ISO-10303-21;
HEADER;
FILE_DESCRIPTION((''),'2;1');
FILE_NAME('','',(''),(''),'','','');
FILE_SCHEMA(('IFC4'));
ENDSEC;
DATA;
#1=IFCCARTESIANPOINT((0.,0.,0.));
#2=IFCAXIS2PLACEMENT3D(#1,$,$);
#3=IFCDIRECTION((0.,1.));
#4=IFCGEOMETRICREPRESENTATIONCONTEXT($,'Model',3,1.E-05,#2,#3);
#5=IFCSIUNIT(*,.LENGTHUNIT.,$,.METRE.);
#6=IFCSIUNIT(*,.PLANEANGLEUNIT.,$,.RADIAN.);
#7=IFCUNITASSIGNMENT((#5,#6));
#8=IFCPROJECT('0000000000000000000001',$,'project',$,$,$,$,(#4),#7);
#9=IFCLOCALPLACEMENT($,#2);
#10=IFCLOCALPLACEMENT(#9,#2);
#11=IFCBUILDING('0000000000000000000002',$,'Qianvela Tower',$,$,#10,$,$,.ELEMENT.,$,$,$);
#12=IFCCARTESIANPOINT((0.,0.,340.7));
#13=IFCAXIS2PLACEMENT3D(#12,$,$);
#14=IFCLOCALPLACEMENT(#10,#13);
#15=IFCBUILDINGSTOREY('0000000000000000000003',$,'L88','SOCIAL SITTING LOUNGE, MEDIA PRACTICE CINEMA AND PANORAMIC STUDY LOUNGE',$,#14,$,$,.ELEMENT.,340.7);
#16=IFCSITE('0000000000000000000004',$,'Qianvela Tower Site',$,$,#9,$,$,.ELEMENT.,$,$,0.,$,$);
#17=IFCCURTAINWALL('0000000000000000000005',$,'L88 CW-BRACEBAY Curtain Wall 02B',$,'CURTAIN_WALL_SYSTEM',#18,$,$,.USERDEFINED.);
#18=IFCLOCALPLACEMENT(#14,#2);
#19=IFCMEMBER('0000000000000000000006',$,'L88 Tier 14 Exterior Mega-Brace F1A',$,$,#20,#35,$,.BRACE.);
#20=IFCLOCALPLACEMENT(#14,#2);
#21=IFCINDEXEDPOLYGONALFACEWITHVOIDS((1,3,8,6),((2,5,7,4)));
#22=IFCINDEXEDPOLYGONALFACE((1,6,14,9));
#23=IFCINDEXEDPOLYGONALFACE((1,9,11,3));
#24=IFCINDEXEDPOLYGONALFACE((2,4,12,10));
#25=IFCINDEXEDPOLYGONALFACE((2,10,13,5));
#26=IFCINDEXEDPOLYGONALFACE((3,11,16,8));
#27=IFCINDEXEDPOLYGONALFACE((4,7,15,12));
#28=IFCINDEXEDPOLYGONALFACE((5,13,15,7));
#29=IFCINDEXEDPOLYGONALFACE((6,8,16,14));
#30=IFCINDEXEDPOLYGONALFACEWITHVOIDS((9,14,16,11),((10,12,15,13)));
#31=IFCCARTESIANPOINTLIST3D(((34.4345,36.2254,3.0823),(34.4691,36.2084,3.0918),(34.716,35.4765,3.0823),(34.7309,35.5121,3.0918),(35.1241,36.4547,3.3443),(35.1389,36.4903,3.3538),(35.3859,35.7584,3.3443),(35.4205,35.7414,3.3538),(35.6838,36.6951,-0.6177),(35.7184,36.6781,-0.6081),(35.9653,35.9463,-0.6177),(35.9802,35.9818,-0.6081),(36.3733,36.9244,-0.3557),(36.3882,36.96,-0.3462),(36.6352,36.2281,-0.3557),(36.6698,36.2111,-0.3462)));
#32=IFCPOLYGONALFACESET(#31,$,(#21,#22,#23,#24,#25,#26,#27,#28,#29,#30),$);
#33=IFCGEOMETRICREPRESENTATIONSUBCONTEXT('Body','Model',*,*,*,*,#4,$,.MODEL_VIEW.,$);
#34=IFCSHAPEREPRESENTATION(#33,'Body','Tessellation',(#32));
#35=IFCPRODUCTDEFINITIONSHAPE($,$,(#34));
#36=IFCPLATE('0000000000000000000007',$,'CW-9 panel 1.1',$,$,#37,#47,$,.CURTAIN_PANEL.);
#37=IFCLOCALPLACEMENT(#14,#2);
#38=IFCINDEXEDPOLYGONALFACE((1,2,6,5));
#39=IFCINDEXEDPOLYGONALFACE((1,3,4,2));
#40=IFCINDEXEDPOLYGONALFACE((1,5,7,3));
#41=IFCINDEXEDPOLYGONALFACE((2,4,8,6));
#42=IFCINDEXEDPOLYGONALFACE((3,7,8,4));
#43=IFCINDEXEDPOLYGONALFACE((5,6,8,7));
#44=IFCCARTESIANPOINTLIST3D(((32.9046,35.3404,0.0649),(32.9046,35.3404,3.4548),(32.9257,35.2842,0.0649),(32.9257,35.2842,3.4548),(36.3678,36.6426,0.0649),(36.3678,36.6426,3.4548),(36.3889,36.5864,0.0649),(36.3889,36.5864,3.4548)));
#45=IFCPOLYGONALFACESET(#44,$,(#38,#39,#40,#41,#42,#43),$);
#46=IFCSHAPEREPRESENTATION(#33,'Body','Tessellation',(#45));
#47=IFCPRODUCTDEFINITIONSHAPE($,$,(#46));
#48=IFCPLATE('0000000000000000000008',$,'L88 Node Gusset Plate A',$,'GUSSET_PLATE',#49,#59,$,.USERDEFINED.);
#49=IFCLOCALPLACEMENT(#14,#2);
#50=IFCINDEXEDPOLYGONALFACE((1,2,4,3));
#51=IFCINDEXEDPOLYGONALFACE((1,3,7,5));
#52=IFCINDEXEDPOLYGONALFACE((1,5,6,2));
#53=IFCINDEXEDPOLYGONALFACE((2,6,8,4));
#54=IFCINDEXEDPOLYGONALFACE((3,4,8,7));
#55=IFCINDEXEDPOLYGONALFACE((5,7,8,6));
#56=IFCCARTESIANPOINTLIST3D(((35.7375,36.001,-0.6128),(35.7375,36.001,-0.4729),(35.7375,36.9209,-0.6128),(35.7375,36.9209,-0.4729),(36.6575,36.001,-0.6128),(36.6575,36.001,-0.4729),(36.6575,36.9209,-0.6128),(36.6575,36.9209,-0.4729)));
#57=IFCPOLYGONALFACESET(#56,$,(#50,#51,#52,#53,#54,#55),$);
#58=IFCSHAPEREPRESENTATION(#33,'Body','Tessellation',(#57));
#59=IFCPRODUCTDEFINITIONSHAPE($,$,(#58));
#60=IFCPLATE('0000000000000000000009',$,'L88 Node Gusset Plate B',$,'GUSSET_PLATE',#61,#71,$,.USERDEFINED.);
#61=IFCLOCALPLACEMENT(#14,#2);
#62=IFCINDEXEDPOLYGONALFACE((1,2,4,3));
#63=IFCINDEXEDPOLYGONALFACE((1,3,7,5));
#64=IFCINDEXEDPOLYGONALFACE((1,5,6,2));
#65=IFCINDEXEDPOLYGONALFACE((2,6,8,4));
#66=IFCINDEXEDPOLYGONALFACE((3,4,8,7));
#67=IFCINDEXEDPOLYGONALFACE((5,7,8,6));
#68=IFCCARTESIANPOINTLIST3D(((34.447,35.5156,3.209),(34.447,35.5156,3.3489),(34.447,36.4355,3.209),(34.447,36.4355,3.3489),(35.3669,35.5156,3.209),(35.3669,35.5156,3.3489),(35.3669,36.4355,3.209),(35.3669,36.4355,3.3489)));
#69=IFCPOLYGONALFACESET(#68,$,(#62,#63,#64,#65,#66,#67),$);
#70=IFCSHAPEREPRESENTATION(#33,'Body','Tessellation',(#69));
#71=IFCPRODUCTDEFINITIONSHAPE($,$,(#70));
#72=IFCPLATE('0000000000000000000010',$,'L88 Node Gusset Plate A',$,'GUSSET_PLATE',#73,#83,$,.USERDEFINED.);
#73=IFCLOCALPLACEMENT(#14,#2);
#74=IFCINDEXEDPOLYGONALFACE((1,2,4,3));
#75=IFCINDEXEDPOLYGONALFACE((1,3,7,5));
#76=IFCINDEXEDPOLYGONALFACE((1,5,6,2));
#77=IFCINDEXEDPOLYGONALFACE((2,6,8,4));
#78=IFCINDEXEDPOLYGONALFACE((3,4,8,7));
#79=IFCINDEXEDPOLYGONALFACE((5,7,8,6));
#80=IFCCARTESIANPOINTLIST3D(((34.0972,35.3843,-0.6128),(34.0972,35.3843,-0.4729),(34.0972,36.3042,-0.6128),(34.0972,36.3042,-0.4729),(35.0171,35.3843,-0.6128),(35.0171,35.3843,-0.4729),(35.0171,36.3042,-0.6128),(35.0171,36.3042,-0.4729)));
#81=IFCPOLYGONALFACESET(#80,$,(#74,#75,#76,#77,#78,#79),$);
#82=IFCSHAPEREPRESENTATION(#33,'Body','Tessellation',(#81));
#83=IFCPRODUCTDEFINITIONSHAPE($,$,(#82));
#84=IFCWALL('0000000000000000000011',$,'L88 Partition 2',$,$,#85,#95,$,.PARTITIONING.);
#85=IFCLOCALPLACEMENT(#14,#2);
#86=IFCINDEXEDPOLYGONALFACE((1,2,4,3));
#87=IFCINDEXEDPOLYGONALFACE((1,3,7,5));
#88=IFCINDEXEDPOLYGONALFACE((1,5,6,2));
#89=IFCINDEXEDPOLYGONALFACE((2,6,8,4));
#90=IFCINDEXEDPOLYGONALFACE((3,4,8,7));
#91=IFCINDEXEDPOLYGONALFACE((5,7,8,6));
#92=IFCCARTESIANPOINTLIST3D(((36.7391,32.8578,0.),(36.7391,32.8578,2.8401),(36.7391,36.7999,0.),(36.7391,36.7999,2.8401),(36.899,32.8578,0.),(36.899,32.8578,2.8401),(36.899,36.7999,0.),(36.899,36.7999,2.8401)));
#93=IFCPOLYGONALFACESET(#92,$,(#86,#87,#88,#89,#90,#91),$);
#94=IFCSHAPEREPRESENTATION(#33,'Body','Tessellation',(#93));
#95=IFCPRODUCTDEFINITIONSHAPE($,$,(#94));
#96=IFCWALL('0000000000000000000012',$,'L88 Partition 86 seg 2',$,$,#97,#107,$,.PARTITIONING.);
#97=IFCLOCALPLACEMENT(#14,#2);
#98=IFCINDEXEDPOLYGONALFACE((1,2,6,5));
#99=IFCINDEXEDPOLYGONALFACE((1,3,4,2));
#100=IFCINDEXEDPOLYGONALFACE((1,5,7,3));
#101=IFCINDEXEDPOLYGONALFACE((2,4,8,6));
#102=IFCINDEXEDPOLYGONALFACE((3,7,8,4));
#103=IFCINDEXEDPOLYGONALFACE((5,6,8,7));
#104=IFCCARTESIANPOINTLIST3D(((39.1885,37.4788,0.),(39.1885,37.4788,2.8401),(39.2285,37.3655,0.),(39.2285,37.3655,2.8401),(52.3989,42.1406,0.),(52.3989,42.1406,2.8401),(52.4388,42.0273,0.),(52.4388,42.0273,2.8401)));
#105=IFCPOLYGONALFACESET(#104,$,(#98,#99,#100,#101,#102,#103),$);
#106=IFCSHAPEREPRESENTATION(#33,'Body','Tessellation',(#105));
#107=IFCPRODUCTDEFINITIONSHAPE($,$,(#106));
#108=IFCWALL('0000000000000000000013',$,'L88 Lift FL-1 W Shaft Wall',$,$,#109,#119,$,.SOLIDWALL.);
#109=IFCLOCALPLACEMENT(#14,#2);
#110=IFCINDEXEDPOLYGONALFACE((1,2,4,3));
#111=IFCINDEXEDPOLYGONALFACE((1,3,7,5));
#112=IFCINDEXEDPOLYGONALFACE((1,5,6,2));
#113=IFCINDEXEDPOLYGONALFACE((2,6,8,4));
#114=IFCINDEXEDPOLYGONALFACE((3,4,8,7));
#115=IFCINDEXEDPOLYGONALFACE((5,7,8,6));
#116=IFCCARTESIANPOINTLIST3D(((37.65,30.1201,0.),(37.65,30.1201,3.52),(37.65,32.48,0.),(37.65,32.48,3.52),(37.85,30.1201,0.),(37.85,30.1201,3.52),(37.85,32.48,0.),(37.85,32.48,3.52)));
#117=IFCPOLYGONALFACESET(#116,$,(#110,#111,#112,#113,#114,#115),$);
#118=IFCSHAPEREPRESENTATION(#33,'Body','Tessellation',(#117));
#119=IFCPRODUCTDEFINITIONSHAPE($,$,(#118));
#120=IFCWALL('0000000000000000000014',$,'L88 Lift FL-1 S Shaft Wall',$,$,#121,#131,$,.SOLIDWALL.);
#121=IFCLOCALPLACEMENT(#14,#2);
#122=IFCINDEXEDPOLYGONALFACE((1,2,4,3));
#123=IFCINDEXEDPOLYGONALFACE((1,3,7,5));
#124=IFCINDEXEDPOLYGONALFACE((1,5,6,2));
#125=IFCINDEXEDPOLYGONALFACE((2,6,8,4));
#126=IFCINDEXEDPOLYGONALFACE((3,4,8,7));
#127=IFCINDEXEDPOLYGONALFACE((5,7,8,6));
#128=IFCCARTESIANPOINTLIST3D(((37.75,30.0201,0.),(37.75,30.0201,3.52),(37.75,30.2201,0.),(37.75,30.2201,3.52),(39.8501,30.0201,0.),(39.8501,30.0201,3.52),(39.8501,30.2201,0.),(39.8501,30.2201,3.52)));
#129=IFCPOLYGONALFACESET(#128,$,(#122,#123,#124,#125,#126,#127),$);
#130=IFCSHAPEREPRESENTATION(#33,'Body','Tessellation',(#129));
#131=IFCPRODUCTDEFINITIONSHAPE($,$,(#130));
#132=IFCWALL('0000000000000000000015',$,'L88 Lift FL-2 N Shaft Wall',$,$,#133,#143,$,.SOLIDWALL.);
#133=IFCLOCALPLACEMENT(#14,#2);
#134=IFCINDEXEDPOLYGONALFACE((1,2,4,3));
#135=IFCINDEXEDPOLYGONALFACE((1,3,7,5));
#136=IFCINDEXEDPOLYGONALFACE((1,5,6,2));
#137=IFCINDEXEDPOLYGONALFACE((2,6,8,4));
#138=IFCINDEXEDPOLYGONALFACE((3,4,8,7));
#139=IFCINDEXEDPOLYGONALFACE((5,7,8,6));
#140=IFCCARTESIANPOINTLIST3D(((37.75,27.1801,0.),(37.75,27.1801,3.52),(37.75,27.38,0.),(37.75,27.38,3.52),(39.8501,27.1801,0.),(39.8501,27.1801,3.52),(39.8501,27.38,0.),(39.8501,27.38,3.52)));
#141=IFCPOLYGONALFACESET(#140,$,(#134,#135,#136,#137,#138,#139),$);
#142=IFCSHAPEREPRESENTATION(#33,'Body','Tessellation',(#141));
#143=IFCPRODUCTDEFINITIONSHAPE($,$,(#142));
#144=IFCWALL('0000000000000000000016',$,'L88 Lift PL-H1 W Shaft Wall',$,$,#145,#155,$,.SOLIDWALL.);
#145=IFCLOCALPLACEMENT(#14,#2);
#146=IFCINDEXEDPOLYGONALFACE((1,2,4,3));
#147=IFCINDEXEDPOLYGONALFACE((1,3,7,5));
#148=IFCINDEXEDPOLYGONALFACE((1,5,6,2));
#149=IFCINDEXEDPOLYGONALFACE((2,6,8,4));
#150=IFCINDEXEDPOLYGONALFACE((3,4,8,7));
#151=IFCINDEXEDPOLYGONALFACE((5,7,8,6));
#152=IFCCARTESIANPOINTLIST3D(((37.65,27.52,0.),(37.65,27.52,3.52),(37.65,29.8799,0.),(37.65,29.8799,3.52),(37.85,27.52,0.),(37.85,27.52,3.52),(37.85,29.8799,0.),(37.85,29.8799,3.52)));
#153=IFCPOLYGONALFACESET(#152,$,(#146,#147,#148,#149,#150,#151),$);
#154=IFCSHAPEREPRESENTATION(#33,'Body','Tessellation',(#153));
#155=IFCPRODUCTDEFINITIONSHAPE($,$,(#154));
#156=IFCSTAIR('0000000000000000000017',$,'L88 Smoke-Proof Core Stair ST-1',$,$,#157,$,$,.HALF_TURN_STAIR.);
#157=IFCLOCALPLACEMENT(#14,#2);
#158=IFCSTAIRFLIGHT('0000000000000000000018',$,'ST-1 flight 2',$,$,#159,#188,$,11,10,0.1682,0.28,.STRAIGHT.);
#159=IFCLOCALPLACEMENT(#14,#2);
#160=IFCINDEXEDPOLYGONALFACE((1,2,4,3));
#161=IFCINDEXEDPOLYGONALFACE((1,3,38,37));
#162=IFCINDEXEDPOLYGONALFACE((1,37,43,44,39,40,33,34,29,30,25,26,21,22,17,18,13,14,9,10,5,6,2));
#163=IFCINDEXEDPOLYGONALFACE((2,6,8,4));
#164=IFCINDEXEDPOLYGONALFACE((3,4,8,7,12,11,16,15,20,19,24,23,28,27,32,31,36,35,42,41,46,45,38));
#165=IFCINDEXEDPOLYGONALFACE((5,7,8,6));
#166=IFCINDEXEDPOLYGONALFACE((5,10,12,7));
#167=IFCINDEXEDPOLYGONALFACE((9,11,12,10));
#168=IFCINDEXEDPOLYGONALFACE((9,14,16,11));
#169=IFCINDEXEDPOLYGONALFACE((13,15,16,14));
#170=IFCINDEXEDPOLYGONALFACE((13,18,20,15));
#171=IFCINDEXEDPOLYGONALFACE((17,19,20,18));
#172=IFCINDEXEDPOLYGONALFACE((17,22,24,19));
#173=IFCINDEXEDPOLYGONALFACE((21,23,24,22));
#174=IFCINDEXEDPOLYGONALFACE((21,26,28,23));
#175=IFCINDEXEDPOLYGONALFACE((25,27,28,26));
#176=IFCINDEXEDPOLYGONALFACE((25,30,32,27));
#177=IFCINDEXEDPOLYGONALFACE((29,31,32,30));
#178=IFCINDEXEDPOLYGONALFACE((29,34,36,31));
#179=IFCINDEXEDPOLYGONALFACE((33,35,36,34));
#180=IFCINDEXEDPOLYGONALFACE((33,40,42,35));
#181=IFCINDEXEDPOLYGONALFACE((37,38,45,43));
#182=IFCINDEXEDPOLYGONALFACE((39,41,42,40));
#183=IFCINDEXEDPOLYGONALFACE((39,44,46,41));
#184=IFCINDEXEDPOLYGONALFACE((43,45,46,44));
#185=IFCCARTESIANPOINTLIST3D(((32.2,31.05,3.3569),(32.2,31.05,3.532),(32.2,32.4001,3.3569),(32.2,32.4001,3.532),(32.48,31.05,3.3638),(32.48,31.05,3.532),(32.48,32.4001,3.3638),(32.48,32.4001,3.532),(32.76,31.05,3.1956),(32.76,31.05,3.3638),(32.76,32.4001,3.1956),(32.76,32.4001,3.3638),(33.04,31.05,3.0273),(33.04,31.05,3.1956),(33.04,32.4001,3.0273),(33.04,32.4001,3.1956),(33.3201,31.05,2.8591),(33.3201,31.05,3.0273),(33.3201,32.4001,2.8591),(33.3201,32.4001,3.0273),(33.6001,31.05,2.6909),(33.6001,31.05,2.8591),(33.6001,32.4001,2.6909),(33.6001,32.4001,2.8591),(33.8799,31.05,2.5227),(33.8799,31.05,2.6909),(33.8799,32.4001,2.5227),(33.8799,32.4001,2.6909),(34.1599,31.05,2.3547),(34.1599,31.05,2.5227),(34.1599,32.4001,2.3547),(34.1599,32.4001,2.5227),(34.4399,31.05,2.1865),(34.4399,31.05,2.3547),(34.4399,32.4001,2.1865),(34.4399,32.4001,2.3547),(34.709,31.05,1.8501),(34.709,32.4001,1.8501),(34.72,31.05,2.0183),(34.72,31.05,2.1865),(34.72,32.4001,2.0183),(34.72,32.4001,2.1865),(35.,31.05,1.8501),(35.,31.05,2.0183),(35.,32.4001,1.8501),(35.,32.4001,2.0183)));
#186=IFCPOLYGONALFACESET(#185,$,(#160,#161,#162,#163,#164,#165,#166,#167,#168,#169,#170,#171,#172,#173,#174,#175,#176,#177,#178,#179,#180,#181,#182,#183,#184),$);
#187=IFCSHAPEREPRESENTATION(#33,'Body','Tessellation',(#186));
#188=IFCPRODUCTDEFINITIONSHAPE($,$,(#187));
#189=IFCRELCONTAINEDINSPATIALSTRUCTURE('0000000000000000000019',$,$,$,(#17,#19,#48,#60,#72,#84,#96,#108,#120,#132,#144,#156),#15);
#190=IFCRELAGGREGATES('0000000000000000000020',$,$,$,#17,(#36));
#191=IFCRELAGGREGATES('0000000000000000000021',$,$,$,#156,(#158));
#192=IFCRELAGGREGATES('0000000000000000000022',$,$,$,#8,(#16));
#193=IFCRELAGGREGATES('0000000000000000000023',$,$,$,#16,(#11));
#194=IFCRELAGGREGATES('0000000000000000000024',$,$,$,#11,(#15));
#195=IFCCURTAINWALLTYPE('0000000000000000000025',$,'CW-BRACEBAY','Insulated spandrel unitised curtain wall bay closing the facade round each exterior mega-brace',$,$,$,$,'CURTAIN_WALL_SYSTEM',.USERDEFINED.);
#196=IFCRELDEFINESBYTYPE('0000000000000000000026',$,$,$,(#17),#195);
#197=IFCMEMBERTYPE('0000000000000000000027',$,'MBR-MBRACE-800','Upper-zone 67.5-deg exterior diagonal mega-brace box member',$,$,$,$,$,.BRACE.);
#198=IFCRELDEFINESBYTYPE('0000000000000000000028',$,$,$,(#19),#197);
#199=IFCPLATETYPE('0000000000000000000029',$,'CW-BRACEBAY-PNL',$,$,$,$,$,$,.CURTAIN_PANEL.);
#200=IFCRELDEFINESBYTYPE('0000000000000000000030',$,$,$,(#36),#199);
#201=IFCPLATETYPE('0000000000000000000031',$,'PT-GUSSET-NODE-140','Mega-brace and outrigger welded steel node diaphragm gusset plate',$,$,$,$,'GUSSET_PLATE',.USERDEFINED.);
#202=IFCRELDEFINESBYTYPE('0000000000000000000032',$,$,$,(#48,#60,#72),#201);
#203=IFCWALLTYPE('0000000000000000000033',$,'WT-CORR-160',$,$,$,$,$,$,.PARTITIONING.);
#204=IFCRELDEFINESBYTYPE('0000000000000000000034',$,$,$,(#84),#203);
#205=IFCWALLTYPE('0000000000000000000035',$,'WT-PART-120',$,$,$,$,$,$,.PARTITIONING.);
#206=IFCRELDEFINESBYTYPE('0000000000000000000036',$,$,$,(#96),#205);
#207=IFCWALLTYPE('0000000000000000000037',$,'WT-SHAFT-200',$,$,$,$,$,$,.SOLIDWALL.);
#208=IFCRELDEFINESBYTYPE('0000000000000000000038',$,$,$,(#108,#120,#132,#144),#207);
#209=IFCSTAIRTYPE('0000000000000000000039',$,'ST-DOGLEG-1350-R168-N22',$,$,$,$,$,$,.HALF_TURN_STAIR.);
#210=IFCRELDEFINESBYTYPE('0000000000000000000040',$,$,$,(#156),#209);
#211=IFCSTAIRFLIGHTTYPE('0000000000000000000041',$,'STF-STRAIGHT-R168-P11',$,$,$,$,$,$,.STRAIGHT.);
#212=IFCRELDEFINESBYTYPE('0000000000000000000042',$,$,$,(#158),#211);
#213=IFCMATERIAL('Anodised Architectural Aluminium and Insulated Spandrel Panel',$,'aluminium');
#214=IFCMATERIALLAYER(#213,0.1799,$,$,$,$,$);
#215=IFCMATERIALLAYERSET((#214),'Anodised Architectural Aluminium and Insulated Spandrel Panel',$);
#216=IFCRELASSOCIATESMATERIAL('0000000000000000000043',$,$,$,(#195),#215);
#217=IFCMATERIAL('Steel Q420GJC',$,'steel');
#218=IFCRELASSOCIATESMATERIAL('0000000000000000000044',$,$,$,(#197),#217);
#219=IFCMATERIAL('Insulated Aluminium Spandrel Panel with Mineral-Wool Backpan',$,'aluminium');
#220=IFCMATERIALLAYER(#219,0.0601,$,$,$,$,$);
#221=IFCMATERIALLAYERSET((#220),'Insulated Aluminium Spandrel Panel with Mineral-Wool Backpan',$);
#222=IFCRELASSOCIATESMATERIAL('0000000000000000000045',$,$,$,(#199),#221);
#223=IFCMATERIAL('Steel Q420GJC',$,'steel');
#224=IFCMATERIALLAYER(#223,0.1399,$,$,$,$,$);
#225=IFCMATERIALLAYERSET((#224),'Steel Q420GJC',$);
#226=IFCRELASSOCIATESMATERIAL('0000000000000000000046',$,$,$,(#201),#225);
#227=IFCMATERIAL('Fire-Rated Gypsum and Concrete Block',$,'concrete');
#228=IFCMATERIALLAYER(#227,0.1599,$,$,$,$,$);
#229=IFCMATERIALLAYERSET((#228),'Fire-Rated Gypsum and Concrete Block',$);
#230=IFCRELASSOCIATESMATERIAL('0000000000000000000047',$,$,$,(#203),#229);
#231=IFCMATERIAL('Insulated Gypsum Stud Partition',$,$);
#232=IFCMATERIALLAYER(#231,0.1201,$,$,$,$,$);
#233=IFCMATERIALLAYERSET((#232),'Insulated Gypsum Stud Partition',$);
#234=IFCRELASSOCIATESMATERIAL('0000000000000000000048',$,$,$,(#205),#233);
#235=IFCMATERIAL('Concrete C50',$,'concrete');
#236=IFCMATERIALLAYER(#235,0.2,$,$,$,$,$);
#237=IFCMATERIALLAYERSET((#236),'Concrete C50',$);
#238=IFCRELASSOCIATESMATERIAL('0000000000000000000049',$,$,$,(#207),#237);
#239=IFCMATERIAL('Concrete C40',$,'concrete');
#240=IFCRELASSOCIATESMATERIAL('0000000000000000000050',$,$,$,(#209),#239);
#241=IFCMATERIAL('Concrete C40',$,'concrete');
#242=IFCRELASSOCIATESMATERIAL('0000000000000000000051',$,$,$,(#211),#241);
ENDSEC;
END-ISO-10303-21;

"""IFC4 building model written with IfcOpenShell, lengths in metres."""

from ifc_helpers import new_model, si_unit, direction, frame, frame_2d, origin, origin_2d, place, context, subcontext, project, spatial, polyline, rectangle, hollow_rectangle, outline, extrude, material, layer, layer_set, material_profile, profile_set, type_object, element, aggregate, save


model = new_model("IFC4")

# Units and contexts
model_context = context("Model", 3, precision=1e-05, world=origin(), true_north=direction((0.0, 1.0)))
body_context = subcontext(model_context, "Body", "Model", "MODEL_VIEW")
ifc_project = project(units=[si_unit("LENGTHUNIT", "METRE"), si_unit("PLANEANGLEUNIT", "RADIAN")], contexts=[model_context])

# Site, building, storey
site_placement = place(None, origin())
site = spatial("IfcSite", under=ifc_project, at=site_placement, Name="Qianvela Tower Site", CompositionType="ELEMENT", RefElevation=0.0)
building_placement = place(site_placement, origin())
building = spatial("IfcBuilding", under=site, at=building_placement, Name="Qianvela Tower", CompositionType="ELEMENT")
storey_placement = place(building_placement, frame((0.0, 0.0, 340.7)))
storey = spatial("IfcBuildingStorey", under=building, at=storey_placement, Name="L88", Description="SOCIAL SITTING LOUNGE, MEDIA PRACTICE CINEMA AND PANORAMIC STUDY LOUNGE", CompositionType="ELEMENT", Elevation=340.7)

# Curtain wall
ifc_material_1 = material(Name="Anodised Architectural Aluminium and Insulated Spandrel Panel", Category="aluminium")
ifc_layer_1 = layer(ifc_material_1, 0.1799)
ifc_layer_set_1 = layer_set([ifc_layer_1], Name="Anodised Architectural Aluminium and Insulated Spandrel Panel")
curtain_wall_type_1 = type_object("IfcCurtainWallType", Name="CW-BRACEBAY", Description="Insulated spandrel unitised curtain wall bay closing the facade round each exterior mega-brace", ElementType="CURTAIN_WALL_SYSTEM", PredefinedType="USERDEFINED", material=ifc_layer_set_1)
curtain_wall_1_placement = place(storey_placement, origin())
curtain_wall_1 = element("IfcCurtainWall", 1, at=curtain_wall_1_placement, inside=storey, type_object=curtain_wall_type_1, Name="L88 CW-BRACEBAY Curtain Wall 02B", ObjectType="CURTAIN_WALL_SYSTEM", PredefinedType="USERDEFINED")

# Member
ifc_material_2 = material(Name="Steel Q420GJC", Category="steel")
ifc_material_profile_1 = material_profile(ifc_material_2, hollow_rectangle(XDim=0.8, YDim=0.8, WallThickness=0.0281, at=origin_2d()), Name="MBOX-800x800x28")
ifc_profile_set_1 = profile_set([ifc_material_profile_1], Name="Steel Q420GJC")
member_type_1 = type_object("IfcMemberType", Name="MBR-MBRACE-800", Description="Upper-zone 67.5-deg exterior diagonal mega-brace box member", PredefinedType="BRACE", material=ifc_profile_set_1)
member_1_placement = place(storey_placement, frame((36.1768, 36.4531, -0.4819), z_axis=(-0.317612, -0.119423, 0.94067), x_axis=(0.351945, -0.936021, 0.0)))
element("IfcMember", 2, at=member_1_placement, inside=storey, type_object=member_type_1, Name="L88 Tier 14 Exterior Mega-Brace F1A", PredefinedType="BRACE", context=body_context, shape_type="SweptSolid", body=[
    extrude(hollow_rectangle(XDim=0.8, YDim=0.8, WallThickness=0.0281, at=origin_2d()), origin(), (0.0, 0.0, 1.0), 3.9333),
])

# Plate
ifc_material_3 = material(Name="Insulated Aluminium Spandrel Panel with Mineral-Wool Backpan", Category="aluminium")
ifc_layer_2 = layer(ifc_material_3, 0.0601)
ifc_layer_set_2 = layer_set([ifc_layer_2], Name="Insulated Aluminium Spandrel Panel with Mineral-Wool Backpan")
plate_type_1 = type_object("IfcPlateType", Name="CW-BRACEBAY-PNL", PredefinedType="CURTAIN_PANEL", material=ifc_layer_set_2)
plate_placement = place(storey_placement, frame((34.6467, 35.9634, 0.0649), z_axis=(0.0, 0.0, 1.0), x_axis=(-0.936014, -0.351962, 0.0)))
plate = element("IfcPlate", 3, at=plate_placement, type_object=plate_type_1, Name="CW-9 panel 1.1", PredefinedType="CURTAIN_PANEL", context=body_context, shape_type="SweptSolid", body=[
    extrude(rectangle(XDim=3.7, YDim=0.0601, at=origin_2d()), origin(), (0.0, 0.0, 1.0), 3.3899),
])
aggregate(curtain_wall_1, [plate])

# Plates
ifc_material_4 = material(Name="Steel Q420GJC", Category="steel")
ifc_layer_3 = layer(ifc_material_4, 0.1399)
ifc_layer_set_3 = layer_set([ifc_layer_3], Name="Steel Q420GJC")
plate_type_2 = type_object("IfcPlateType", Name="PT-GUSSET-NODE-140", Description="Mega-brace and outrigger welded steel node diaphragm gusset plate", ElementType="GUSSET_PLATE", PredefinedType="USERDEFINED", material=ifc_layer_set_3)
for number, where, z_axis, x_axis, name in (
    (4, (36.1975, 36.4609, -0.6128), (0.0, 0.0, 1.0), (1.0, 0.0, 0.0), "L88 Node Gusset Plate A"),
    (5, (34.907, 35.9756, 3.209), (0.0, 0.0, 1.0), (1.0, 0.0, 0.0), "L88 Node Gusset Plate B"),
    (6, (34.5571, 35.8442, -0.6128), (0.0, 0.0, 1.0), (1.0, 0.0, 0.0), "L88 Node Gusset Plate A"),
):
    element("IfcPlate", number, at=place(storey_placement, frame(where, z_axis=z_axis, x_axis=x_axis)), inside=storey, type_object=plate_type_2, Name=name, ObjectType="GUSSET_PLATE", PredefinedType="USERDEFINED", context=body_context, shape_type="SweptSolid", body=[
        extrude(rectangle(XDim=0.9199, YDim=0.9199, at=origin_2d()), origin(), (0.0, 0.0, 1.0), 0.1399),
    ])

# Walls
ifc_material_5 = material(Name="Fire-Rated Gypsum and Concrete Block", Category="concrete")
ifc_layer_4 = layer(ifc_material_5, 0.1599)
ifc_layer_set_4 = layer_set([ifc_layer_4], Name="Fire-Rated Gypsum and Concrete Block")
wall_type_1 = type_object("IfcWallType", Name="WT-CORR-160", PredefinedType="PARTITIONING", material=ifc_layer_set_4)
wall_1_placement = place(storey_placement, frame((36.8191, 36.8, 0.0), z_axis=(0.0, 0.0, 1.0), x_axis=(0.0, -1.0, 0.0)))
element("IfcWall", 7, at=wall_1_placement, inside=storey, type_object=wall_type_1, Name="L88 Partition 2", PredefinedType="PARTITIONING", context=body_context, shape_type="SweptSolid", body=[
    extrude(rectangle(XDim=3.9421, YDim=0.1599, at=frame_2d((1.9712, 0.0))), origin(), (0.0, 0.0, 1.0), 2.8401),
])
ifc_material_6 = material(Name="Insulated Gypsum Stud Partition")
ifc_layer_5 = layer(ifc_material_6, 0.1201)
ifc_layer_set_5 = layer_set([ifc_layer_5], Name="Insulated Gypsum Stud Partition")
wall_type_2 = type_object("IfcWallType", Name="WT-PART-120", PredefinedType="PARTITIONING", material=ifc_layer_set_5)
wall_2_placement = place(storey_placement, frame((39.2085, 37.4221, 0.0), z_axis=(0.0, 0.0, 1.0), x_axis=(0.943005, 0.332779, 0.0)))
element("IfcWall", 8, at=wall_2_placement, inside=storey, type_object=wall_type_2, Name="L88 Partition 86 seg 2", PredefinedType="PARTITIONING", context=body_context, shape_type="SweptSolid", body=[
    extrude(rectangle(XDim=14.0088, YDim=0.1201, at=frame_2d((7.0044, 0.0))), origin(), (0.0, 0.0, 1.0), 2.8401),
])

# Shared definitions
ifc_material_7 = material(Name="Concrete C50", Category="concrete")
ifc_layer_6 = layer(ifc_material_7, 0.2)
ifc_layer_set_6 = layer_set([ifc_layer_6], Name="Concrete C50")
wall_type_3 = type_object("IfcWallType", Name="WT-SHAFT-200", PredefinedType="SOLIDWALL", material=ifc_layer_set_6)

# Walls
wall_3_placement = place(storey_placement, frame((37.75, 30.1201, 0.0), z_axis=(0.0, 0.0, 1.0), x_axis=(0.0, 1.0, 0.0)))
element("IfcWall", 9, at=wall_3_placement, inside=storey, type_object=wall_type_3, Name="L88 Lift FL-1 W Shaft Wall", PredefinedType="SOLIDWALL", context=body_context, shape_type="SweptSolid", body=[
    extrude(rectangle(XDim=2.3599, YDim=0.2, at=frame_2d((1.1799, 0.0))), origin(), (0.0, 0.0, 1.0), 3.52),
])
for number, where, z_axis, x_axis, name in (
    (10, (37.75, 30.1201, 0.0), (0.0, 0.0, 1.0), (1.0, 0.0, 0.0), "L88 Lift FL-1 S Shaft Wall"),
    (11, (37.75, 27.28, 0.0), (0.0, 0.0, 1.0), (1.0, 0.0, 0.0), "L88 Lift FL-2 N Shaft Wall"),
):
    element("IfcWall", number, at=place(storey_placement, frame(where, z_axis=z_axis, x_axis=x_axis)), inside=storey, type_object=wall_type_3, Name=name, PredefinedType="SOLIDWALL", context=body_context, shape_type="SweptSolid", body=[
        extrude(rectangle(XDim=2.1001, YDim=0.2, at=frame_2d((1.05, 0.0))), origin(), (0.0, 0.0, 1.0), 3.52),
    ])

# Wall
wall_4_placement = place(storey_placement, frame((37.75, 27.52, 0.0), z_axis=(0.0, 0.0, 1.0), x_axis=(0.0, 1.0, 0.0)))
element("IfcWall", 12, at=wall_4_placement, inside=storey, type_object=wall_type_3, Name="L88 Lift PL-H1 W Shaft Wall", PredefinedType="SOLIDWALL", context=body_context, shape_type="SweptSolid", body=[
    extrude(rectangle(XDim=2.3599, YDim=0.2, at=frame_2d((1.1799, 0.0))), origin(), (0.0, 0.0, 1.0), 3.52),
])

# Stair, stair flight
ifc_material_8 = material(Name="Concrete C40", Category="concrete")
stair_type = type_object("IfcStairType", Name="ST-DOGLEG-1350-R168-N22", PredefinedType="HALF_TURN_STAIR", material=ifc_material_8)
stair_placement = place(storey_placement, origin())
stair = element("IfcStair", 13, at=stair_placement, inside=storey, type_object=stair_type, Name="L88 Smoke-Proof Core Stair ST-1", PredefinedType="HALF_TURN_STAIR")
ifc_material_9 = material(Name="Concrete C40", Category="concrete")
stair_flight_type = type_object("IfcStairFlightType", Name="STF-STRAIGHT-R168-P11", PredefinedType="STRAIGHT", material=ifc_material_9)
stair_flight_placement = place(storey_placement, frame((35.0, 31.7251, 1.8501), z_axis=(0.0, 0.0, 1.0), x_axis=(-1.0, 0.0, 0.0)))
stair_flight = element("IfcStairFlight", 14, at=stair_flight_placement, type_object=stair_flight_type, Name="ST-1 flight 2", NumberOfRisers=11, NumberOfTreads=10, PredefinedType="STRAIGHT", RiserHeight=0.1682, TreadLength=0.28, context=body_context, shape_type="SweptSolid", body=[
    extrude(outline(polyline([(0.0, 0.0), (0.0, 0.1682), (0.28, 0.1682), (0.28, 0.3364), (0.5601, 0.3364), (0.5601, 0.5046), (0.8401, 0.5046), (0.8401, 0.6726), (1.1201, 0.6726), (1.1201, 0.8408), (1.3999, 0.8408), (1.3999, 1.009), (1.6799, 1.009), (1.6799, 1.1772), (1.96, 1.1772), (1.96, 1.3455), (2.24, 1.3455), (2.24, 1.5137), (2.52, 1.5137), (2.52, 1.6819), (2.8, 1.6819), (2.8, 1.8501), (2.8, 1.5068), (0.291, 0.0), (0.0, 0.0)])), frame((0.0, 0.675, 0.0), z_axis=(0.0, -1.0, 0.0), x_axis=(1.0, 0.0, 0.0)), (0.0, 0.0, 1.0), 1.3501),
])
aggregate(stair, [stair_flight])

save(model, "model.ifc")
